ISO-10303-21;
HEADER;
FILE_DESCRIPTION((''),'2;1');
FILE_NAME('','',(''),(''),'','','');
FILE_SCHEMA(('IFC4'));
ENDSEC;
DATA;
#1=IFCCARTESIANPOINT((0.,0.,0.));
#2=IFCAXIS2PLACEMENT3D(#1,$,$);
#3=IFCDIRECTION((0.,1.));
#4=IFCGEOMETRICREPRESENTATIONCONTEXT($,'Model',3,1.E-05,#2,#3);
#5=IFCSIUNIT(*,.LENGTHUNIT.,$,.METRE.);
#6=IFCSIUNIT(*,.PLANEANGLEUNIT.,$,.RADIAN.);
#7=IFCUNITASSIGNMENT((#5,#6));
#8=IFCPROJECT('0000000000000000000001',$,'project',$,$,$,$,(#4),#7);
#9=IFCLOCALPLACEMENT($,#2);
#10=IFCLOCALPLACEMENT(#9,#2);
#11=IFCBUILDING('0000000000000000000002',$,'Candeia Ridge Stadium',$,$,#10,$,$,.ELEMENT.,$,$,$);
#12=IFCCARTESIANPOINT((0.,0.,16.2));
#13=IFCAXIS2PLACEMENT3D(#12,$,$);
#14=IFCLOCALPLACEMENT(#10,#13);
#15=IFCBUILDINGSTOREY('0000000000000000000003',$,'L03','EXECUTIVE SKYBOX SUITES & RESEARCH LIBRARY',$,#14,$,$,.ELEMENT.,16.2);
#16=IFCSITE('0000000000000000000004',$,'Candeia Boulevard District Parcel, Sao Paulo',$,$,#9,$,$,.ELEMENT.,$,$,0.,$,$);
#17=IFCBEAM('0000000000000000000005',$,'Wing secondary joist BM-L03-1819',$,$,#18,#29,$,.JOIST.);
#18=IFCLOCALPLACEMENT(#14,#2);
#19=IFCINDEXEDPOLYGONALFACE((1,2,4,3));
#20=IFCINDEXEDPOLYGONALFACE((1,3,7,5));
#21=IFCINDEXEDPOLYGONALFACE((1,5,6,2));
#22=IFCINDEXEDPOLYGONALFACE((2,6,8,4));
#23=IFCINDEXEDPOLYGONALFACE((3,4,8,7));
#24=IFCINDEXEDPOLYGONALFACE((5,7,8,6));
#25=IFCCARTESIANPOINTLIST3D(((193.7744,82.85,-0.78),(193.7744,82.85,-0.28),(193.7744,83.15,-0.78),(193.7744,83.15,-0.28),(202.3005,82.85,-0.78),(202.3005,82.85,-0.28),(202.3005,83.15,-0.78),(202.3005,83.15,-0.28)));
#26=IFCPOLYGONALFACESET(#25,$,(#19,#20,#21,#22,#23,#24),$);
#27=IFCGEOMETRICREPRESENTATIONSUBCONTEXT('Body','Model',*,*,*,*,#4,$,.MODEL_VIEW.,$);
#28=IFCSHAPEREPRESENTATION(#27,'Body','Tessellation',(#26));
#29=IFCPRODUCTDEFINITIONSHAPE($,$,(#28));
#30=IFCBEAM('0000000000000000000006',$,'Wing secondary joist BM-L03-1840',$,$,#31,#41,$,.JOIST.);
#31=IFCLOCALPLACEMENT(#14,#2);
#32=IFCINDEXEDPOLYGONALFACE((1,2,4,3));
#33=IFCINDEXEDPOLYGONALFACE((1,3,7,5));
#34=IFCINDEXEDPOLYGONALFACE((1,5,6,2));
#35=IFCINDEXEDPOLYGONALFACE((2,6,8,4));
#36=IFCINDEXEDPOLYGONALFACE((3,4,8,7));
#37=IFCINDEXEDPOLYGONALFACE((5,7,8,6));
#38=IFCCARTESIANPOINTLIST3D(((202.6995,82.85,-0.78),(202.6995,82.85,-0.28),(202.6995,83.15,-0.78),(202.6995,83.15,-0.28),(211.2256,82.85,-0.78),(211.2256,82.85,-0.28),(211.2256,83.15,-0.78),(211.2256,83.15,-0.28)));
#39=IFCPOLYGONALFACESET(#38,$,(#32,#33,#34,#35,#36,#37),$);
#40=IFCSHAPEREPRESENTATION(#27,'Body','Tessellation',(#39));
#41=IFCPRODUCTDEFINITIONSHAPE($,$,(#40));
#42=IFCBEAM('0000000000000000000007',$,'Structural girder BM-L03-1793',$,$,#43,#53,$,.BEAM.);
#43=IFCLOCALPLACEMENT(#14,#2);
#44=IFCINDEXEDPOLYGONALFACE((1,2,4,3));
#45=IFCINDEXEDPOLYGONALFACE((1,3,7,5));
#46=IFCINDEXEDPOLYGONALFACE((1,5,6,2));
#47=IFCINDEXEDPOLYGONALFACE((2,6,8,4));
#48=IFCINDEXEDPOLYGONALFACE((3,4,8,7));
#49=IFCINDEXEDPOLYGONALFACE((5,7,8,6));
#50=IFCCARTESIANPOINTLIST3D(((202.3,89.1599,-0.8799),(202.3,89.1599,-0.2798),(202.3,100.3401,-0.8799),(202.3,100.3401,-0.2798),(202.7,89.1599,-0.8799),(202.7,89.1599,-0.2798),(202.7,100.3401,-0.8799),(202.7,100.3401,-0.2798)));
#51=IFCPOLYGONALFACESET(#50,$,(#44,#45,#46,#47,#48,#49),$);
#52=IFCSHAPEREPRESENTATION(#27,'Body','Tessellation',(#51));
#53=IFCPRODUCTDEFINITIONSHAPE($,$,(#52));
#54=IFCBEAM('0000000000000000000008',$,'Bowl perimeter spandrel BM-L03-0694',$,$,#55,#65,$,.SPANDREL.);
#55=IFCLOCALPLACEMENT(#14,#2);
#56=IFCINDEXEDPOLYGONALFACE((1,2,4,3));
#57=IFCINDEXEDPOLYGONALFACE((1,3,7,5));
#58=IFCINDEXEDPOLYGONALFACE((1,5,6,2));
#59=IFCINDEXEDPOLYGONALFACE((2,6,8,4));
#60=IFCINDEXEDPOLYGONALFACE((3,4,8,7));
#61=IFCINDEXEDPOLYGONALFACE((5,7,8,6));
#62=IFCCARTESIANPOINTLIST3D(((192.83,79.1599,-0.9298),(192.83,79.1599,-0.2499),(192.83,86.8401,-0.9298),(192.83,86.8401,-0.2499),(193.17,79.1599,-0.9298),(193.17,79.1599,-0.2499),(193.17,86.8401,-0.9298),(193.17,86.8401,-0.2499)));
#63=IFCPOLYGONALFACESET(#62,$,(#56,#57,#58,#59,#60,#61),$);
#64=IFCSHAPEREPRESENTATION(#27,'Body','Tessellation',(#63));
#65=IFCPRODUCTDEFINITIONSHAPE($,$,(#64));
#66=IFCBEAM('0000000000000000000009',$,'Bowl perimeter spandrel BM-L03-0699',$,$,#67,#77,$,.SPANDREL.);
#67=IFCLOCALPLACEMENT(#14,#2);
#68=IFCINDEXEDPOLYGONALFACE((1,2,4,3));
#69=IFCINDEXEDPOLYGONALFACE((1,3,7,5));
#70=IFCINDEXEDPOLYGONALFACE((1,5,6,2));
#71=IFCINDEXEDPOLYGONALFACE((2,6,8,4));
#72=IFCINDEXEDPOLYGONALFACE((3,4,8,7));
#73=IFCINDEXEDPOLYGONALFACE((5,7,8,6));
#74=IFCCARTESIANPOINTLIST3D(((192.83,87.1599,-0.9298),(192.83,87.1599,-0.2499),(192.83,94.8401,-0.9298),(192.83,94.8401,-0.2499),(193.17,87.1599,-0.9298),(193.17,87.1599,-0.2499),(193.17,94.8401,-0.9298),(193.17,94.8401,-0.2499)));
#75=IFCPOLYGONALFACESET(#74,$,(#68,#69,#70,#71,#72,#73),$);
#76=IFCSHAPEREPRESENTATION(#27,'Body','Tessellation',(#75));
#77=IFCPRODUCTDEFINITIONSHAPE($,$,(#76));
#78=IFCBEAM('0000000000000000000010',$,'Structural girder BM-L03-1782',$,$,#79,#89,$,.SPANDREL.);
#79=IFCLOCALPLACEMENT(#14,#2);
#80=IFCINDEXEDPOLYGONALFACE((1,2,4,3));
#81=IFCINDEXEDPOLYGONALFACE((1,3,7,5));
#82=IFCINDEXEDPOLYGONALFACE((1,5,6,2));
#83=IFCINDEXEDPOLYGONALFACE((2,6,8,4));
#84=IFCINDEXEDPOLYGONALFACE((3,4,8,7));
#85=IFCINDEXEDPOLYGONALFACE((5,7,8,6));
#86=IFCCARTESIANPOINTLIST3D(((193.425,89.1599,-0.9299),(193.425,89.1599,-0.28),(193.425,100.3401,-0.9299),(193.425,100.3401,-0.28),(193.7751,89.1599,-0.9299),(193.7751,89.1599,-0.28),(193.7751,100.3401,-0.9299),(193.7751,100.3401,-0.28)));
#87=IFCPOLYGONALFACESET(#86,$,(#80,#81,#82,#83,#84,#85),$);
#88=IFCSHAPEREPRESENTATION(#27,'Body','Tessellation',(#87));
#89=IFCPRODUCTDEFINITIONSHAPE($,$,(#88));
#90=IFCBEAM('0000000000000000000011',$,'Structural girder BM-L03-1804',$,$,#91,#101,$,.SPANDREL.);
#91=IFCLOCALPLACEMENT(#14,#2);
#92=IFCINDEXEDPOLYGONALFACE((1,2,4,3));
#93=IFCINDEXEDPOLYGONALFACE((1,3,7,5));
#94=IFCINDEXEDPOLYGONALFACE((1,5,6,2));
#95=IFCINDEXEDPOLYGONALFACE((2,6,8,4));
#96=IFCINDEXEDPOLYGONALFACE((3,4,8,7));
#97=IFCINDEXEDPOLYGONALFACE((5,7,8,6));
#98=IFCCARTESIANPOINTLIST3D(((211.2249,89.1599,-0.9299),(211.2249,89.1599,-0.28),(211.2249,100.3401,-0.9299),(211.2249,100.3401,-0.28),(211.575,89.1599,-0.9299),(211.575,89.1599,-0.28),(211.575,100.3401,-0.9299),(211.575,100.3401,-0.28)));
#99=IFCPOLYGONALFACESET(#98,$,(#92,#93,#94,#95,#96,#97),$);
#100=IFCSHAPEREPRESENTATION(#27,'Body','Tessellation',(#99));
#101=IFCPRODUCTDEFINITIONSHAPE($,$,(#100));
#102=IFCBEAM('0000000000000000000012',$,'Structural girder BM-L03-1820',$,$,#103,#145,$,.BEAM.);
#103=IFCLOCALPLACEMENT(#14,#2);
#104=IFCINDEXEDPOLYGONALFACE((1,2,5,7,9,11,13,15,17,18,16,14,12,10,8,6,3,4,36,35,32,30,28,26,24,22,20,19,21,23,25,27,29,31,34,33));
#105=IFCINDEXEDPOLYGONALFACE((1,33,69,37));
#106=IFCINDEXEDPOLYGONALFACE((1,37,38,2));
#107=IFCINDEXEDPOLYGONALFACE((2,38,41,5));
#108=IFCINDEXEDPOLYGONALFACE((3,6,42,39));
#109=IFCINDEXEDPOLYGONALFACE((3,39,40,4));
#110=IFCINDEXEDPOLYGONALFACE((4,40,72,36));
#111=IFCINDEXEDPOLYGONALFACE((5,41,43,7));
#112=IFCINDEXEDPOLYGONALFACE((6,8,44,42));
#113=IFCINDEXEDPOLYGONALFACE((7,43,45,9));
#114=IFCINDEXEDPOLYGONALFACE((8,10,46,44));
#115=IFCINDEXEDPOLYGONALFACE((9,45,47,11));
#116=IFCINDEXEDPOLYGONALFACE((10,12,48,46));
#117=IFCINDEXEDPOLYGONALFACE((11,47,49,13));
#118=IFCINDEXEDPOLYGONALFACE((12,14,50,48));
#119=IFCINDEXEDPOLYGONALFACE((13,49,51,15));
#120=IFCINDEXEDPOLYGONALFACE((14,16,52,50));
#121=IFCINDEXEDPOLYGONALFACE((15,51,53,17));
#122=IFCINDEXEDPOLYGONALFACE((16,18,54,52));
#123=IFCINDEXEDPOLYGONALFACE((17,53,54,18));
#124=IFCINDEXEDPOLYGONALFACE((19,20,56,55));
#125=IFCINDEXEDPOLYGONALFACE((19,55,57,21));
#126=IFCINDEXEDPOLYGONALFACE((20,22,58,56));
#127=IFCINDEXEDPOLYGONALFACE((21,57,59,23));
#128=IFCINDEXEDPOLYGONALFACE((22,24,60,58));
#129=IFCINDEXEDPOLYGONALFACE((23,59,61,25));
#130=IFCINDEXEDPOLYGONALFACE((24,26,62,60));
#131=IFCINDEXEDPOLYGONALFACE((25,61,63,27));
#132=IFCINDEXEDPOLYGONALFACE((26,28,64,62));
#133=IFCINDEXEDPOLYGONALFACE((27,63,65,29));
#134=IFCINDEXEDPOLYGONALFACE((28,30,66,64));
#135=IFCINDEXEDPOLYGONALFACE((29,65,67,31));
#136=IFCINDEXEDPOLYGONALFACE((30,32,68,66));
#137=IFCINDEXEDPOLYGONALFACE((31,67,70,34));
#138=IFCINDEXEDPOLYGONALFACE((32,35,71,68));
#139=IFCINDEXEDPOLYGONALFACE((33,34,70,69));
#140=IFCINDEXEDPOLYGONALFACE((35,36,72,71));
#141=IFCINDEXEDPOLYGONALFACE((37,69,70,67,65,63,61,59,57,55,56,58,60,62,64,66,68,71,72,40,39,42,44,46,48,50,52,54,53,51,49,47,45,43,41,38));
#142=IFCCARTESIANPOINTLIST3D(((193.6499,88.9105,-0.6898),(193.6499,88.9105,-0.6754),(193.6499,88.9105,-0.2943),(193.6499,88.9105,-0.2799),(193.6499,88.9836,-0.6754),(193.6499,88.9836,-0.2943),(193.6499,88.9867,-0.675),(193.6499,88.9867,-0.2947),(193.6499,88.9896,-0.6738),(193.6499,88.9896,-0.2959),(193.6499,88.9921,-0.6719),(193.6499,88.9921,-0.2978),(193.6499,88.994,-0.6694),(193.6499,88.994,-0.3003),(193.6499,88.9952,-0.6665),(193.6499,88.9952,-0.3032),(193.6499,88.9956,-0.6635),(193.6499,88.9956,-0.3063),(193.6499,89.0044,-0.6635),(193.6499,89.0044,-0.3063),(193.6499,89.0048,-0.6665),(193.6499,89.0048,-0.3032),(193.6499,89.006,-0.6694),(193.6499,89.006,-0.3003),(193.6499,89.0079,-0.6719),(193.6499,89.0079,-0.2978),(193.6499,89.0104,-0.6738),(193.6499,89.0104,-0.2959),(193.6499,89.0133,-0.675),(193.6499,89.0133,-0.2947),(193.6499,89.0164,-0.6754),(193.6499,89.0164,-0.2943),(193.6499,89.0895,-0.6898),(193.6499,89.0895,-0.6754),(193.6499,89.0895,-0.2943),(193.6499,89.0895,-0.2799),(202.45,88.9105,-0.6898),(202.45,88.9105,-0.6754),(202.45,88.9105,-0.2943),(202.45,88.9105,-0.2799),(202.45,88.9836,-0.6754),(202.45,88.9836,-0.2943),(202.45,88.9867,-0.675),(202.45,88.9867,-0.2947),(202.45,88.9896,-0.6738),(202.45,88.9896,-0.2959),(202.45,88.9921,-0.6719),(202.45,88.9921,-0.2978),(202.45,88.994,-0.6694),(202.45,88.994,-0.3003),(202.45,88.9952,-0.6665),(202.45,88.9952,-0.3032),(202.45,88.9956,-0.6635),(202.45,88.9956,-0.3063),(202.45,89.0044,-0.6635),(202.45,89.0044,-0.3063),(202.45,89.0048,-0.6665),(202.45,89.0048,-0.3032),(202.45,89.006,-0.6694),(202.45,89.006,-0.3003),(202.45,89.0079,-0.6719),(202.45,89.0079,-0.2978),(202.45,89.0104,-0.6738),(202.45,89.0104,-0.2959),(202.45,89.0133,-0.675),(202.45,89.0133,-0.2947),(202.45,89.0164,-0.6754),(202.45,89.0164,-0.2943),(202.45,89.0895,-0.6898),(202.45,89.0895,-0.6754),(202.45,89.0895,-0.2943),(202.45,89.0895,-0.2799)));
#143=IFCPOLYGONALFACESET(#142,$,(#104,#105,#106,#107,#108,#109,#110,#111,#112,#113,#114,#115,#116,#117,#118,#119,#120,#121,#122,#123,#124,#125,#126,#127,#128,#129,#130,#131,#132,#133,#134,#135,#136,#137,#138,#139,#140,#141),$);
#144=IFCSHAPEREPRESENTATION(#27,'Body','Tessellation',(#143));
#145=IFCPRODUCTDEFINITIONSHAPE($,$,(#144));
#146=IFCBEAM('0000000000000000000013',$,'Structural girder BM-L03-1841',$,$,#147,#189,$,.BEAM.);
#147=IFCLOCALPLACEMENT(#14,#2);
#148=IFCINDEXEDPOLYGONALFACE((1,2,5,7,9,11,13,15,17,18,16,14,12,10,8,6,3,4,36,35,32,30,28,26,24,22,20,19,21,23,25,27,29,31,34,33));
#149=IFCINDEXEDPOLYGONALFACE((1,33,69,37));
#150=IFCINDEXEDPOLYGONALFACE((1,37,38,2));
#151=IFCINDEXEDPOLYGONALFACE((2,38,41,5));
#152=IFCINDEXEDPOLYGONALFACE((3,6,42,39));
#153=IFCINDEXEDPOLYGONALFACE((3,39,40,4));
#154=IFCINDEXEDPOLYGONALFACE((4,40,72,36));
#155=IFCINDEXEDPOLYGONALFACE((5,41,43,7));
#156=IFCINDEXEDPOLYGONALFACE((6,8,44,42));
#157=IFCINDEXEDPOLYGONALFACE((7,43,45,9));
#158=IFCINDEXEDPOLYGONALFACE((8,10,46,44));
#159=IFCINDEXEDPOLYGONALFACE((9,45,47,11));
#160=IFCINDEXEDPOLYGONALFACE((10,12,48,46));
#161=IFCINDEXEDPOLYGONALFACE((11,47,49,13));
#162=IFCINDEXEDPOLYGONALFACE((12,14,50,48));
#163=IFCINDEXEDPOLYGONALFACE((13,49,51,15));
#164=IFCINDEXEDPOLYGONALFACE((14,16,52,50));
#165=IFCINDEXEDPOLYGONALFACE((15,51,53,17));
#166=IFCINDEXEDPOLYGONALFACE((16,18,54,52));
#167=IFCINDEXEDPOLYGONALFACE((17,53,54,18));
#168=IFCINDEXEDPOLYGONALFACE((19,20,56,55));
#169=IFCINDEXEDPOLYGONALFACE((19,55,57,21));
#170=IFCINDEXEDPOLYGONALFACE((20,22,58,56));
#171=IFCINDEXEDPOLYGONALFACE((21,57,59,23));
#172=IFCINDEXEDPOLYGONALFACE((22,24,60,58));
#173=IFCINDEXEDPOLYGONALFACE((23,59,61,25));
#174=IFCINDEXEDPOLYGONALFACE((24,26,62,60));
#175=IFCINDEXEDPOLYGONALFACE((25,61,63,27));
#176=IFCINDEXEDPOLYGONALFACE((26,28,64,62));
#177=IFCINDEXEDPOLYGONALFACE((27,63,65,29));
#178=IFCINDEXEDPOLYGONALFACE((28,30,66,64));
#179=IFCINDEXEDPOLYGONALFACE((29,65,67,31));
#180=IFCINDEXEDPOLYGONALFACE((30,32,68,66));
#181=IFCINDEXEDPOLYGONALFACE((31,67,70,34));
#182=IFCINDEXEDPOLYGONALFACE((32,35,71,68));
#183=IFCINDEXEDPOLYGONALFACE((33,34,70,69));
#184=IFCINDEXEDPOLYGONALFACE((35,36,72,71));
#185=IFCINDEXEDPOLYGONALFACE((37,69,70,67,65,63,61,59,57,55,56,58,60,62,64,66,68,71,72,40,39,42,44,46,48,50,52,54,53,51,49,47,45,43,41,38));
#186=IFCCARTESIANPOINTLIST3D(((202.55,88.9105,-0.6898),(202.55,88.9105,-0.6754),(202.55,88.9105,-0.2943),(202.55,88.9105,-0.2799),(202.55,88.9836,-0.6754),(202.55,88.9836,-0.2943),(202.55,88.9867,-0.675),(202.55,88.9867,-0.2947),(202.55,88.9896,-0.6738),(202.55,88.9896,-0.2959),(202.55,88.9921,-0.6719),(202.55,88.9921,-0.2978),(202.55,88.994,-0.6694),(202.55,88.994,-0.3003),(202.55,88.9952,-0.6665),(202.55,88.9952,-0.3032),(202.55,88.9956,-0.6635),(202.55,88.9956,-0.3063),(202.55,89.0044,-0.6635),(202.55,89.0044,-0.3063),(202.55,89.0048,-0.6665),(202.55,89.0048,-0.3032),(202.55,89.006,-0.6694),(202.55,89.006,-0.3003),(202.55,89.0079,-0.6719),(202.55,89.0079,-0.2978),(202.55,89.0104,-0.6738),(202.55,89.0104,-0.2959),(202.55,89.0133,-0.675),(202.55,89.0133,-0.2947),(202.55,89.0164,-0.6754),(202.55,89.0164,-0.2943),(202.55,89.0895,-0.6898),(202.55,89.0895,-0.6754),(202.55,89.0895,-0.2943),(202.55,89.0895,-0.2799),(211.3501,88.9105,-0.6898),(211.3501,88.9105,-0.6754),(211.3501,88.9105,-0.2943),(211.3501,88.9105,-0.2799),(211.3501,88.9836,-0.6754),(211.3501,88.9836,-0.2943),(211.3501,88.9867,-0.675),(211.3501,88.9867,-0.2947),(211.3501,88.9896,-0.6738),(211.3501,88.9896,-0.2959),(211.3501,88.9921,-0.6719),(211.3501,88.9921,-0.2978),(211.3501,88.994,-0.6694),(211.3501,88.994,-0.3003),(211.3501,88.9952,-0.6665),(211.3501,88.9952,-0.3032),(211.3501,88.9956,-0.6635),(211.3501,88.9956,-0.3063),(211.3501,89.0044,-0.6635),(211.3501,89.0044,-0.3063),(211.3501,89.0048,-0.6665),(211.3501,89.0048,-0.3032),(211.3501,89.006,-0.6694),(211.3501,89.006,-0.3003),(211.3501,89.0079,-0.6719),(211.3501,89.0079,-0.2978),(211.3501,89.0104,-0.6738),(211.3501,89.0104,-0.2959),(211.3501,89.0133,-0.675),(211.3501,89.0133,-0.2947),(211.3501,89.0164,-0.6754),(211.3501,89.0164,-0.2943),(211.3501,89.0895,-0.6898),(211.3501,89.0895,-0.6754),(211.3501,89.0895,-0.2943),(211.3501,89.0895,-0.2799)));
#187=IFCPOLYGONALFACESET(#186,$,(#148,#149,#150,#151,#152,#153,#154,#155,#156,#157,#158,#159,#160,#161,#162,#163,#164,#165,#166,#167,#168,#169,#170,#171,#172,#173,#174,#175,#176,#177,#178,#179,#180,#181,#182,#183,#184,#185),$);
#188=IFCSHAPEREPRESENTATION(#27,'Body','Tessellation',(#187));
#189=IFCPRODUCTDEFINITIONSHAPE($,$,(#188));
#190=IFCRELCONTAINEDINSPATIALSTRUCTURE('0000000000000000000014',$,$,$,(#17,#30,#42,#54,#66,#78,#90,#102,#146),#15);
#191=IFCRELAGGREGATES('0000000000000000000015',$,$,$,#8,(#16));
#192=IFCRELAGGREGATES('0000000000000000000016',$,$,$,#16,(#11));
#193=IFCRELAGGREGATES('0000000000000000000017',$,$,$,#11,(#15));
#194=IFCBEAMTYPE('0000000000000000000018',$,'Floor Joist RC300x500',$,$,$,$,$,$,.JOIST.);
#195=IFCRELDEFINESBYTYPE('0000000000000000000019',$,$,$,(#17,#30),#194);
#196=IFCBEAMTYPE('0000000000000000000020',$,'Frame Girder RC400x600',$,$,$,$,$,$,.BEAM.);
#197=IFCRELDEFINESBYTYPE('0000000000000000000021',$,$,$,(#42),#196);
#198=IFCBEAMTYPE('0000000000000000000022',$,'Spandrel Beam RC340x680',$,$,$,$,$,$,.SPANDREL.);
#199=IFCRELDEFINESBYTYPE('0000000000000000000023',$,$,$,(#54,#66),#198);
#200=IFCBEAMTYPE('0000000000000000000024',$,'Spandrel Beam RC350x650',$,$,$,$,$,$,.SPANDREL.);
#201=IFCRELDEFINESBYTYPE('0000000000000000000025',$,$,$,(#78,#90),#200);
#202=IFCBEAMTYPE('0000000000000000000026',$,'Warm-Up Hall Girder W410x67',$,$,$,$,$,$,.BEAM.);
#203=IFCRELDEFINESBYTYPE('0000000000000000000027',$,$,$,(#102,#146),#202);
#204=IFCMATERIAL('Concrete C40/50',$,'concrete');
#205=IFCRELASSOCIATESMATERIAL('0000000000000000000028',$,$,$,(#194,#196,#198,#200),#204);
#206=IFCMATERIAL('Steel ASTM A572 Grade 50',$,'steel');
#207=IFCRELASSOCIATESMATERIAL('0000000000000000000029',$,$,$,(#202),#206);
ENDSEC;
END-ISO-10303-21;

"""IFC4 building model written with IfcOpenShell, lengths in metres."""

from ifc_helpers import new_model, si_unit, direction, frame, origin, origin_2d, place, context, subcontext, project, spatial, rectangle, i_section, extrude, material, material_profile, profile_set, type_object, element, save


model = new_model("IFC4")

# Units and contexts
model_context = context("Model", 3, precision=1e-05, world=origin(), true_north=direction((0.0, 1.0)))
body_context = subcontext(model_context, "Body", "Model", "MODEL_VIEW")
ifc_project = project(units=[si_unit("LENGTHUNIT", "METRE"), si_unit("PLANEANGLEUNIT", "RADIAN")], contexts=[model_context])

# Site, building, storey
site_placement = place(None, origin())
site = spatial("IfcSite", under=ifc_project, at=site_placement, Name="Candeia Boulevard District Parcel, Sao Paulo", CompositionType="ELEMENT", RefElevation=0.0)
building_placement = place(site_placement, origin())
building = spatial("IfcBuilding", under=site, at=building_placement, Name="Candeia Ridge Stadium", CompositionType="ELEMENT")
storey_placement = place(building_placement, frame((0.0, 0.0, 16.2)))
storey = spatial("IfcBuildingStorey", under=building, at=storey_placement, Name="L03", Description="EXECUTIVE SKYBOX SUITES & RESEARCH LIBRARY", CompositionType="ELEMENT", Elevation=16.2)

# Shared definitions
ifc_material_1 = material(Name="Concrete C40/50", Category="concrete")

# Beams
ifc_material_profile_1 = material_profile(ifc_material_1, rectangle(XDim=0.3, YDim=0.5, at=origin_2d()), Name="RC300x500", Category="concrete")
ifc_profile_set_1 = profile_set([ifc_material_profile_1], Name="Concrete C40/50")
beam_type_1 = type_object("IfcBeamType", Name="Floor Joist RC300x500", PredefinedType="JOIST", material=ifc_profile_set_1)
for number, where, z_axis, x_axis, name in (
    (1, (193.7744, 83.0, -0.53), (1.0, 0.0, 0.0), (0.0, 1.0, 0.0), "Wing secondary joist BM-L03-1819"),
    (2, (202.6995, 83.0, -0.53), (1.0, 0.0, 0.0), (0.0, 1.0, 0.0), "Wing secondary joist BM-L03-1840"),
):
    element("IfcBeam", number, at=place(storey_placement, frame(where, z_axis=z_axis, x_axis=x_axis)), inside=storey, type_object=beam_type_1, Name=name, PredefinedType="JOIST", context=body_context, shape_type="SweptSolid", body=[
        extrude(rectangle(XDim=0.3, YDim=0.5, at=origin_2d()), origin(), (0.0, 0.0, 1.0), 8.5261),
    ])
ifc_material_profile_2 = material_profile(ifc_material_1, rectangle(XDim=0.3999, YDim=0.6001, at=origin_2d()), Name="RC400x600", Category="concrete")
ifc_profile_set_2 = profile_set([ifc_material_profile_2], Name="Concrete C40/50")
beam_type_2 = type_object("IfcBeamType", Name="Frame Girder RC400x600", PredefinedType="BEAM", material=ifc_profile_set_2)
beam_placement = place(storey_placement, frame((202.5, 89.1599, -0.5798), z_axis=(0.0, 1.0, 0.0), x_axis=(-1.0, 0.0, 0.0)))
element("IfcBeam", 3, at=beam_placement, inside=storey, type_object=beam_type_2, Name="Structural girder BM-L03-1793", PredefinedType="BEAM", context=body_context, shape_type="SweptSolid", body=[
    extrude(rectangle(XDim=0.3999, YDim=0.6001, at=origin_2d()), origin(), (0.0, 0.0, 1.0), 11.1802),
])
ifc_material_profile_3 = material_profile(ifc_material_1, rectangle(XDim=0.3401, YDim=0.6799, at=origin_2d()), Name="RC340x680", Category="concrete")
ifc_profile_set_3 = profile_set([ifc_material_profile_3], Name="Concrete C40/50")
beam_type_3 = type_object("IfcBeamType", Name="Spandrel Beam RC340x680", PredefinedType="SPANDREL", material=ifc_profile_set_3)
for number, where, z_axis, x_axis, name in (
    (4, (193.0, 79.1599, -0.5898), (0.0, 1.0, 0.0), (-1.0, 0.0, 0.0), "Bowl perimeter spandrel BM-L03-0694"),
    (5, (193.0, 87.1599, -0.5898), (0.0, 1.0, 0.0), (-1.0, 0.0, 0.0), "Bowl perimeter spandrel BM-L03-0699"),
):
    element("IfcBeam", number, at=place(storey_placement, frame(where, z_axis=z_axis, x_axis=x_axis)), inside=storey, type_object=beam_type_3, Name=name, PredefinedType="SPANDREL", context=body_context, shape_type="SweptSolid", body=[
        extrude(rectangle(XDim=0.3401, YDim=0.6799, at=origin_2d()), origin(), (0.0, 0.0, 1.0), 7.6802),
    ])
ifc_material_profile_4 = material_profile(ifc_material_1, rectangle(XDim=0.3501, YDim=0.6499, at=origin_2d()), Name="RC350x650", Category="concrete")
ifc_profile_set_4 = profile_set([ifc_material_profile_4], Name="Concrete C40/50")
beam_type_4 = type_object("IfcBeamType", Name="Spandrel Beam RC350x650", PredefinedType="SPANDREL", material=ifc_profile_set_4)
for number, where, z_axis, x_axis, name in (
    (6, (193.6001, 89.1599, -0.605), (0.0, 1.0, 0.0), (-1.0, 0.0, 0.0), "Structural girder BM-L03-1782"),
    (7, (211.3999, 89.1599, -0.605), (0.0, 1.0, 0.0), (-1.0, 0.0, 0.0), "Structural girder BM-L03-1804"),
):
    element("IfcBeam", number, at=place(storey_placement, frame(where, z_axis=z_axis, x_axis=x_axis)), inside=storey, type_object=beam_type_4, Name=name, PredefinedType="SPANDREL", context=body_context, shape_type="SweptSolid", body=[
        extrude(rectangle(XDim=0.3501, YDim=0.6499, at=origin_2d()), origin(), (0.0, 0.0, 1.0), 11.1802),
    ])
ifc_material_2 = material(Name="Steel ASTM A572 Grade 50", Category="steel")
ifc_material_profile_5 = material_profile(ifc_material_2, i_section(OverallWidth=0.179, OverallDepth=0.4099, WebThickness=0.0088, FlangeThickness=0.0144, FilletRadius=0.012, at=origin_2d()), Name="W410x67", Category="steel")
ifc_profile_set_5 = profile_set([ifc_material_profile_5], Name="Steel ASTM A572 Grade 50")
beam_type_5 = type_object("IfcBeamType", Name="Warm-Up Hall Girder W410x67", PredefinedType="BEAM", material=ifc_profile_set_5)
for number, where, z_axis, x_axis, name in (
    (8, (193.6499, 89.0, -0.4849), (1.0, 0.0, 0.0), (0.0, 1.0, 0.0), "Structural girder BM-L03-1820"),
    (9, (202.55, 89.0, -0.4849), (1.0, 0.0, 0.0), (0.0, 1.0, 0.0), "Structural girder BM-L03-1841"),
):
    element("IfcBeam", number, at=place(storey_placement, frame(where, z_axis=z_axis, x_axis=x_axis)), inside=storey, type_object=beam_type_5, Name=name, PredefinedType="BEAM", context=body_context, shape_type="SweptSolid", body=[
        extrude(i_section(OverallWidth=0.179, OverallDepth=0.4099, WebThickness=0.0088, FlangeThickness=0.0144, FilletRadius=0.012, at=origin_2d()), origin(), (0.0, 0.0, 1.0), 8.8),
    ])

save(model, "model.ifc")
